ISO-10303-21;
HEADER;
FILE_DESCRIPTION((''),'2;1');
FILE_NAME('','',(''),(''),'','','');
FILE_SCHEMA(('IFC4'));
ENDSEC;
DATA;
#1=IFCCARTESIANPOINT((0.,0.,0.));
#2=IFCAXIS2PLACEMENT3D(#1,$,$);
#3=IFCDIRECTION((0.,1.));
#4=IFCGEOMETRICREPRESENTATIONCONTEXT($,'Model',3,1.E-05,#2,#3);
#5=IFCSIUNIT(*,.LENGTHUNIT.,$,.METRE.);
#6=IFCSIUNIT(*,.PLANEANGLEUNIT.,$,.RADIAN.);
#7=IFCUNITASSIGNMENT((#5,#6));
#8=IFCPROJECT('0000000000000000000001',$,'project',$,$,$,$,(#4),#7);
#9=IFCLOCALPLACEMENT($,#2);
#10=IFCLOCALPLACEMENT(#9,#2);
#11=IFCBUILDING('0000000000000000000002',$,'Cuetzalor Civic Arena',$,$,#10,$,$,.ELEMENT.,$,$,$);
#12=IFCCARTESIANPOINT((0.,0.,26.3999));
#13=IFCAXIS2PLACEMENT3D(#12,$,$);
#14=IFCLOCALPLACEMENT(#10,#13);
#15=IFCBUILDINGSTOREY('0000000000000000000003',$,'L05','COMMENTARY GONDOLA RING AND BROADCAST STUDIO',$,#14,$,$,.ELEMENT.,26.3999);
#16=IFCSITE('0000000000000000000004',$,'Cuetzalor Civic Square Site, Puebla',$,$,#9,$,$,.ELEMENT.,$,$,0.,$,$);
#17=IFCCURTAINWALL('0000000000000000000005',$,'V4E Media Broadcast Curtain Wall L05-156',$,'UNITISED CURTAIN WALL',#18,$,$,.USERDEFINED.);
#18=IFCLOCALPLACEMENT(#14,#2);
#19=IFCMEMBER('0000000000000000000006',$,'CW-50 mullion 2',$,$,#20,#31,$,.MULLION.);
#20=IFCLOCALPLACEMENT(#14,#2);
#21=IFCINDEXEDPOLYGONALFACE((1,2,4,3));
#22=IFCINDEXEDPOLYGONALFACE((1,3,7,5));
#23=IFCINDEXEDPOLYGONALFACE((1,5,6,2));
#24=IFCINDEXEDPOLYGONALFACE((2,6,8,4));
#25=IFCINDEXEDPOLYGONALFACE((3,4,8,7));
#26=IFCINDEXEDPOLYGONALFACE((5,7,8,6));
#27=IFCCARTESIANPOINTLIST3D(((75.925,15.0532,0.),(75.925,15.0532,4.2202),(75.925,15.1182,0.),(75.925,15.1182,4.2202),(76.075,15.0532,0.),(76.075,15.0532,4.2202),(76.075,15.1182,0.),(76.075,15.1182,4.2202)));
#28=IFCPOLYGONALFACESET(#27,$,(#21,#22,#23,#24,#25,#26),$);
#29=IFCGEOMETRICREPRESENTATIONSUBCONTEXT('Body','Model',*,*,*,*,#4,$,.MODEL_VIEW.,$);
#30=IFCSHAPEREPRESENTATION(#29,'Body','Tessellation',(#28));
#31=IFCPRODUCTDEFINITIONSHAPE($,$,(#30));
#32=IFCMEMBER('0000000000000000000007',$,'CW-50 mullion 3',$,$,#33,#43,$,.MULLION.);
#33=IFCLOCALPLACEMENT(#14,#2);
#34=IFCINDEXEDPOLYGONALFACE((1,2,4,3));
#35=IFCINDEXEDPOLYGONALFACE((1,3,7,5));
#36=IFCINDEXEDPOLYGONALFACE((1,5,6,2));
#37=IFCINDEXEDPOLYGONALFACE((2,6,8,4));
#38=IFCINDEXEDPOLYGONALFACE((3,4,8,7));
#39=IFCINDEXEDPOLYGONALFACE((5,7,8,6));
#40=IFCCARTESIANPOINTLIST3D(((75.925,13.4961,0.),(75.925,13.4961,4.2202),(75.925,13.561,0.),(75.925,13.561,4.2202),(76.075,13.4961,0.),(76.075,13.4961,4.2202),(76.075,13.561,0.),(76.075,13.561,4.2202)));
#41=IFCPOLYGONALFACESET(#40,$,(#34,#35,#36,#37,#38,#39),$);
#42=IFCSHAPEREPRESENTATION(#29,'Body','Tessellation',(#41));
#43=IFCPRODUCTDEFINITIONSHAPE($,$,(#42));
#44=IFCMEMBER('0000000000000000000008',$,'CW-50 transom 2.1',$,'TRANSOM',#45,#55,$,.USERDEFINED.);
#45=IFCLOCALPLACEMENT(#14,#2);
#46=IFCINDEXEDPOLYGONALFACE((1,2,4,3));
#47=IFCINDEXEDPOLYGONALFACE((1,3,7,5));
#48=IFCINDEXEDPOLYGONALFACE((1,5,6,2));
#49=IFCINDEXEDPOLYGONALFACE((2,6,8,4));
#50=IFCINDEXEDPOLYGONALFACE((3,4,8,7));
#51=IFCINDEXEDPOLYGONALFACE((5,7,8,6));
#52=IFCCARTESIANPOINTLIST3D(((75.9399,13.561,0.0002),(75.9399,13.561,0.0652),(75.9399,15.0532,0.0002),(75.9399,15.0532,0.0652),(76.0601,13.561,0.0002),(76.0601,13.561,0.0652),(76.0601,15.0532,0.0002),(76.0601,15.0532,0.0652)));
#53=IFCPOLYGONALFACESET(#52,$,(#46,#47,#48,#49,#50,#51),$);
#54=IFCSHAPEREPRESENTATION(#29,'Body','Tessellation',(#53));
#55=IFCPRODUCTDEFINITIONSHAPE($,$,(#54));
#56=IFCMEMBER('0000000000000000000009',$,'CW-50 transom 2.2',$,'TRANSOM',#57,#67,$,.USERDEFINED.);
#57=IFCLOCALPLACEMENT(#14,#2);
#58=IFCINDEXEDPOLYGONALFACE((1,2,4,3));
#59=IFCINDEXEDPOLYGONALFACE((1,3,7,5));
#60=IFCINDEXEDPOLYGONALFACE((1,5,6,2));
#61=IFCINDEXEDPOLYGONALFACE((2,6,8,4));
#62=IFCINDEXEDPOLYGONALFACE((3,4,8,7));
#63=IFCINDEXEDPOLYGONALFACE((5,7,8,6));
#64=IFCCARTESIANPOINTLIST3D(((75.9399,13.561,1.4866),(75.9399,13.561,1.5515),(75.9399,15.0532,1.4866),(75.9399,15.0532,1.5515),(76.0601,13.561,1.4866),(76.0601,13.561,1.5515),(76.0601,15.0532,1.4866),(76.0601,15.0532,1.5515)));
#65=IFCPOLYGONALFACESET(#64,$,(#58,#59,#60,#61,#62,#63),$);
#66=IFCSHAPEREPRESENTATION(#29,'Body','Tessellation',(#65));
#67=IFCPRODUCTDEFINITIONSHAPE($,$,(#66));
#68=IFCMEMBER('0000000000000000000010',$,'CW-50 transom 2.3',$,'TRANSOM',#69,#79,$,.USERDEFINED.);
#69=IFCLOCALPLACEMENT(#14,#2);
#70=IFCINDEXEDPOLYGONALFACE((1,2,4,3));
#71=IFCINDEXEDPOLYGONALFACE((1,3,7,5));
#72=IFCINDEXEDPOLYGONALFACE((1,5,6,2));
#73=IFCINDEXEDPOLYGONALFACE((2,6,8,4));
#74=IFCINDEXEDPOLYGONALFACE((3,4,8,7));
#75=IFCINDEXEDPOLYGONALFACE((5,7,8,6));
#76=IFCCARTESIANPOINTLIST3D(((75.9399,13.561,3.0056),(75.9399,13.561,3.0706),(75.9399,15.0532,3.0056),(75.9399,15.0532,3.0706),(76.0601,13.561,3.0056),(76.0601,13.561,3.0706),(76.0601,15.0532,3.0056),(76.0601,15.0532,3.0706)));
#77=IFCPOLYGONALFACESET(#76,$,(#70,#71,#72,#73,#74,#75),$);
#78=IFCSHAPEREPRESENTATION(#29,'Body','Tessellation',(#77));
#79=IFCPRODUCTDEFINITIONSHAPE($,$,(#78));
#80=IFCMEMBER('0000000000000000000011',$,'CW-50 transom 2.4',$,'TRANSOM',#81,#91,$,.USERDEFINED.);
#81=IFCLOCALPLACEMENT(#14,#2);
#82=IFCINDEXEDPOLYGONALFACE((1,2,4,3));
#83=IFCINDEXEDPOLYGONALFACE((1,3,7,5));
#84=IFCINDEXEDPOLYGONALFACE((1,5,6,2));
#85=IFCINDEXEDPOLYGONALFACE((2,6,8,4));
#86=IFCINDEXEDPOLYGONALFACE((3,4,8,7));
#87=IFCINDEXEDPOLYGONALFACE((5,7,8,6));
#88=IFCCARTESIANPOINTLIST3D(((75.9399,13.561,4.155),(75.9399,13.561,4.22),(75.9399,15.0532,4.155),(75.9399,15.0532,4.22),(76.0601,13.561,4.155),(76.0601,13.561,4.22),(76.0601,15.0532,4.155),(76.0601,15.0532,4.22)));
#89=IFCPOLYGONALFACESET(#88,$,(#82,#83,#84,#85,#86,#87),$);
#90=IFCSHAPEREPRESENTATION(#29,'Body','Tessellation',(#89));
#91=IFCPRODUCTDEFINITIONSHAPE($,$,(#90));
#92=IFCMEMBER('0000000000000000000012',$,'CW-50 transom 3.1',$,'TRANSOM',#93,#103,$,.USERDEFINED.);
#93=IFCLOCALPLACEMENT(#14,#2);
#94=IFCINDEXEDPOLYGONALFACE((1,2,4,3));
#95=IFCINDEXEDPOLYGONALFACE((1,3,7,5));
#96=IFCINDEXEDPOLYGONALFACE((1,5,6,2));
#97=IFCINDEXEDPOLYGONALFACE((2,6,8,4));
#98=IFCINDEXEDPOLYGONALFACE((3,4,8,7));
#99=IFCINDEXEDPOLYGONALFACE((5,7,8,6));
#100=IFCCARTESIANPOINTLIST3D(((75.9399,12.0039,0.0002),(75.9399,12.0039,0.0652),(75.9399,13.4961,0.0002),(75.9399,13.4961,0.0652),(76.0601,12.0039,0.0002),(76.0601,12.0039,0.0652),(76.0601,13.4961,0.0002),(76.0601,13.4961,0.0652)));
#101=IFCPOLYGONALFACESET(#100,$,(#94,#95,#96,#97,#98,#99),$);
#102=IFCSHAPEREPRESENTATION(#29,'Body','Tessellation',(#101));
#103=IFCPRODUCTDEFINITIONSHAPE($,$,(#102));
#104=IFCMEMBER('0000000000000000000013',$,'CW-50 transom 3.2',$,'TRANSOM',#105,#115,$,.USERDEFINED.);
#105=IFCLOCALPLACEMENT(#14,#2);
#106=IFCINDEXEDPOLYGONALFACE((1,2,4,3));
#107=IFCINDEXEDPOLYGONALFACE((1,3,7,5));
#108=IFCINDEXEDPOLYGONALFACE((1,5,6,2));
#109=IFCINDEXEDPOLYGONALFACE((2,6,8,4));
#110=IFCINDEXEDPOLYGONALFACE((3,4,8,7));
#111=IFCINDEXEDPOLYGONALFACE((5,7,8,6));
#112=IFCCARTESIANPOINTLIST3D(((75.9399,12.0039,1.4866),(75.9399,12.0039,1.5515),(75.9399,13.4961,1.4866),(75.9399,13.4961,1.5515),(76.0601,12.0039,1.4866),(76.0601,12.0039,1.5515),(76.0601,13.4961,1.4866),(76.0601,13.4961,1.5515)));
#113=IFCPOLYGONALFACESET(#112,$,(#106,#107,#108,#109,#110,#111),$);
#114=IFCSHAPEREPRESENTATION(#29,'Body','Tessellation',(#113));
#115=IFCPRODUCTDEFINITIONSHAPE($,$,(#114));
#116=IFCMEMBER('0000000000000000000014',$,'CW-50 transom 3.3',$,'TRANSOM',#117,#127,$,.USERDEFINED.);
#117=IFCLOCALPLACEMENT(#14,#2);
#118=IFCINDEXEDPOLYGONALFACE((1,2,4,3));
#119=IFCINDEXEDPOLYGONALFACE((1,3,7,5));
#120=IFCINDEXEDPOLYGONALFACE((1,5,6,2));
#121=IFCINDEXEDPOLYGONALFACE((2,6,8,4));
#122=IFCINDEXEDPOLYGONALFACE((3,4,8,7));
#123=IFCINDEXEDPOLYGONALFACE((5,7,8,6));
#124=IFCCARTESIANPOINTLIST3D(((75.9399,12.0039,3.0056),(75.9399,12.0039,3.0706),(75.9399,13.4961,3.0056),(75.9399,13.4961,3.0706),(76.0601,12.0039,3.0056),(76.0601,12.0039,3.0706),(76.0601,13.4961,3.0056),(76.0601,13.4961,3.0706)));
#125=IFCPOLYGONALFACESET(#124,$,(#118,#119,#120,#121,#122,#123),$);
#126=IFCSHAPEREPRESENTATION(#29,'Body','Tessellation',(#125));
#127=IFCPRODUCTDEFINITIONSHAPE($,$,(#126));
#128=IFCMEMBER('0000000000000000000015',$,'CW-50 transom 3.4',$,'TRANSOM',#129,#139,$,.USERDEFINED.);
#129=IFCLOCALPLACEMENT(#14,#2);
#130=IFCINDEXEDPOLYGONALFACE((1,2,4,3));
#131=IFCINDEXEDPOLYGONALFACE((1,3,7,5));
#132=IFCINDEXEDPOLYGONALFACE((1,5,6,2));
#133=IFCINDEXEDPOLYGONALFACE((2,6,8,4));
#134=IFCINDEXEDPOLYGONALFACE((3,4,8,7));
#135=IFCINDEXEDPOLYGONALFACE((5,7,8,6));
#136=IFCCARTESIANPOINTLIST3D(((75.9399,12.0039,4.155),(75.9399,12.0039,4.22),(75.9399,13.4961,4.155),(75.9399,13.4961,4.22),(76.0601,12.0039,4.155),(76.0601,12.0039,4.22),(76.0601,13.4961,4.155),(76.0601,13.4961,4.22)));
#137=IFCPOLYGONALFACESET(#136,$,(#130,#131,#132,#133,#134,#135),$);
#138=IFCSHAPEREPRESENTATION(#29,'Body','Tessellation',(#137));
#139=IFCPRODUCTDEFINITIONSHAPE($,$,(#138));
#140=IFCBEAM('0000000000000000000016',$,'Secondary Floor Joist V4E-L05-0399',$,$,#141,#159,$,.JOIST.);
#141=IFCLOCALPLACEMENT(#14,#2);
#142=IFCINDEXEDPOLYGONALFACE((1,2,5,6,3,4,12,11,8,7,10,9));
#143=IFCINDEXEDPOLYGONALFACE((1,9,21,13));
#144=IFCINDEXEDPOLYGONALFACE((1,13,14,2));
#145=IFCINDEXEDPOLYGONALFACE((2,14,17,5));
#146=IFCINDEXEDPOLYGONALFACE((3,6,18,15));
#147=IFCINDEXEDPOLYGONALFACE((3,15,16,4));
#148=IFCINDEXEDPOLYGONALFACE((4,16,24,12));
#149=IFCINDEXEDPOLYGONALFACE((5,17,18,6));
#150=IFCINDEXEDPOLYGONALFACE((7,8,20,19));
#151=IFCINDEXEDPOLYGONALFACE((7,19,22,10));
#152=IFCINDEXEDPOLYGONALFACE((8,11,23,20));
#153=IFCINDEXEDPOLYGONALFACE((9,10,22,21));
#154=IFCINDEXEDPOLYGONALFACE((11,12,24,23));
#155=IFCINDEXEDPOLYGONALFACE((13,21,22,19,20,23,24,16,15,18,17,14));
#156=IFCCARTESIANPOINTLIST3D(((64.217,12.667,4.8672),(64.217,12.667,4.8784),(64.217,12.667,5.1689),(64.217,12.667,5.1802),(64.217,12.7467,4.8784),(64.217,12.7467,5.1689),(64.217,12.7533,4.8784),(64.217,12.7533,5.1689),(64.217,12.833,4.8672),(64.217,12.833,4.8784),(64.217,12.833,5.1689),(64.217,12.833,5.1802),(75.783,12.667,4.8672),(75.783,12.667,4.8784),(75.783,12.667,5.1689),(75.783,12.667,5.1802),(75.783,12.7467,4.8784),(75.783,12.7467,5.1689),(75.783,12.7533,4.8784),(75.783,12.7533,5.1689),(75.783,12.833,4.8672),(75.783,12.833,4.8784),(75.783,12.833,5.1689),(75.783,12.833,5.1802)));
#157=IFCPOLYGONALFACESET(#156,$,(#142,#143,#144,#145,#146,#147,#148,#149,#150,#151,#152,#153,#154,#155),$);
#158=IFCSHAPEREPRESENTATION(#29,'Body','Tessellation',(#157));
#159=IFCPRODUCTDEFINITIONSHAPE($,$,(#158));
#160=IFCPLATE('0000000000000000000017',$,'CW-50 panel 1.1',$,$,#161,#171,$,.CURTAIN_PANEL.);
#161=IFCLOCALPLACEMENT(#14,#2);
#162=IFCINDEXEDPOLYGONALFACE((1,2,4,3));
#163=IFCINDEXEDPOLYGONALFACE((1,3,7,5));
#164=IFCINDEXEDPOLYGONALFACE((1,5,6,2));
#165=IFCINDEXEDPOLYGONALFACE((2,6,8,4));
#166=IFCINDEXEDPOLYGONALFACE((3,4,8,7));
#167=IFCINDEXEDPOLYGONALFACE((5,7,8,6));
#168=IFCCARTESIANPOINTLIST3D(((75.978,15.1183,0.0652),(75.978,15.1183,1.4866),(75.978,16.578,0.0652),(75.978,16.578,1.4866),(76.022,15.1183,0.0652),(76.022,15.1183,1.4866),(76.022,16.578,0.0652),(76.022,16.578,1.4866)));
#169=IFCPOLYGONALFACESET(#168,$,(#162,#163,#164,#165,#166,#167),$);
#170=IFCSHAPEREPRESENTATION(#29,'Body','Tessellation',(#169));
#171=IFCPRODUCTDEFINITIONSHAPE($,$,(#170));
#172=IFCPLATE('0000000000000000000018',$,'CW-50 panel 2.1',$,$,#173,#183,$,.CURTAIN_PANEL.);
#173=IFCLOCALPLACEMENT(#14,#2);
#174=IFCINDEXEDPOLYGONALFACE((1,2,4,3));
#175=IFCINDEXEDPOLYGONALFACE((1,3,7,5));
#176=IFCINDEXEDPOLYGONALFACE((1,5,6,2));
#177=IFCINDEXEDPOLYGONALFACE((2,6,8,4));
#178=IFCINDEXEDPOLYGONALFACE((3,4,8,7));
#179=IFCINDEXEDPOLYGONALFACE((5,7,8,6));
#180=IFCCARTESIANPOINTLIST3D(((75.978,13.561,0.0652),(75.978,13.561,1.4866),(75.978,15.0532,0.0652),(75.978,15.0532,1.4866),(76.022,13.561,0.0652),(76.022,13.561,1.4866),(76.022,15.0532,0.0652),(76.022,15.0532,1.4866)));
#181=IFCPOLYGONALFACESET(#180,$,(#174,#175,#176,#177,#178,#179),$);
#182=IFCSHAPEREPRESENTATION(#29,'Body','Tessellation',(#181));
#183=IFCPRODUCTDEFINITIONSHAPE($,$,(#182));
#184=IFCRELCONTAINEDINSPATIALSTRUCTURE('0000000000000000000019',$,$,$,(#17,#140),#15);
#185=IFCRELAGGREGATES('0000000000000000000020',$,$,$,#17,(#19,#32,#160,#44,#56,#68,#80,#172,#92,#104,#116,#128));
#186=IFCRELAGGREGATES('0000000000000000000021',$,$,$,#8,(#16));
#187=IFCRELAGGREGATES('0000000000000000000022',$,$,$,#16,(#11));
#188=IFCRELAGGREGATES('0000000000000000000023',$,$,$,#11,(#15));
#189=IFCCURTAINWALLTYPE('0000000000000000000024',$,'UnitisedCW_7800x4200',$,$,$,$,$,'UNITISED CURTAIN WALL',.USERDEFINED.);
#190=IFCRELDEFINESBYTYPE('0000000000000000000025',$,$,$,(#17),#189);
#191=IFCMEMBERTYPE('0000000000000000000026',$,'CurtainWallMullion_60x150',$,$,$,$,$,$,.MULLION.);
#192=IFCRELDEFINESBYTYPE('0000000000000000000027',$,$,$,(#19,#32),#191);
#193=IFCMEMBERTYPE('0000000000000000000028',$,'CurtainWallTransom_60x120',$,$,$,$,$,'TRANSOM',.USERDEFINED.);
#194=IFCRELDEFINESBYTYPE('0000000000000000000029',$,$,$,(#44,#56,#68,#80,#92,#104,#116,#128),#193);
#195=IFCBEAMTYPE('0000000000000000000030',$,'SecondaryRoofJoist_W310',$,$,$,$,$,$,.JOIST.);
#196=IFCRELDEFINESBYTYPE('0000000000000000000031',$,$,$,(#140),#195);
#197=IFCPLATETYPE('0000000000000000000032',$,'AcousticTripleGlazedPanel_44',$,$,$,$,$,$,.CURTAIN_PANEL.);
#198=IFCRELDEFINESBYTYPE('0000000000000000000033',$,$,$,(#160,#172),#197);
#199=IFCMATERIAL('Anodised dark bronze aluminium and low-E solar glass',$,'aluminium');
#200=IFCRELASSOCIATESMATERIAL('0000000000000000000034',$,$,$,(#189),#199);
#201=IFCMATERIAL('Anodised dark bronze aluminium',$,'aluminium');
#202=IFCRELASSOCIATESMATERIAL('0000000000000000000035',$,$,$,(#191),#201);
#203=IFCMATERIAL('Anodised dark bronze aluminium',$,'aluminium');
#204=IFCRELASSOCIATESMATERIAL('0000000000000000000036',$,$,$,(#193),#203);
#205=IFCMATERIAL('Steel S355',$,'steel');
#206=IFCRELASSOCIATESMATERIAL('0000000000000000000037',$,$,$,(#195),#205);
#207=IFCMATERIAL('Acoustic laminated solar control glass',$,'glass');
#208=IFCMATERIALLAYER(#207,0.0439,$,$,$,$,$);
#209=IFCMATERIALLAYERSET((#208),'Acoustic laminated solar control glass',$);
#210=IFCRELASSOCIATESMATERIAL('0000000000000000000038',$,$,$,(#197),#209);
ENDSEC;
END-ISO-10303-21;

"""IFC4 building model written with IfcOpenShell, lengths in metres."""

from ifc_helpers import new_model, si_unit, direction, frame, origin, origin_2d, place, context, subcontext, project, spatial, rectangle, i_section, extrude, material, layer, layer_set, material_profile, profile_set, type_object, element, aggregate, save


model = new_model("IFC4")

# Units and contexts
model_context = context("Model", 3, precision=1e-05, world=origin(), true_north=direction((0.0, 1.0)))
body_context = subcontext(model_context, "Body", "Model", "MODEL_VIEW")
ifc_project = project(units=[si_unit("LENGTHUNIT", "METRE"), si_unit("PLANEANGLEUNIT", "RADIAN")], contexts=[model_context])

# Site, building, storey
site_placement = place(None, origin())
site = spatial("IfcSite", under=ifc_project, at=site_placement, Name="Cuetzalor Civic Square Site, Puebla", CompositionType="ELEMENT", RefElevation=0.0)
building_placement = place(site_placement, origin())
building = spatial("IfcBuilding", under=site, at=building_placement, Name="Cuetzalor Civic Arena", CompositionType="ELEMENT")
storey_placement = place(building_placement, frame((0.0, 0.0, 26.3999)))
storey = spatial("IfcBuildingStorey", under=building, at=storey_placement, Name="L05", Description="COMMENTARY GONDOLA RING AND BROADCAST STUDIO", CompositionType="ELEMENT", Elevation=26.3999)

# Curtain wall, members
ifc_material_1 = material(Name="Anodised dark bronze aluminium and low-E solar glass", Category="aluminium")
curtain_wall_type = type_object("IfcCurtainWallType", Name="UnitisedCW_7800x4200", ElementType="UNITISED CURTAIN WALL", PredefinedType="USERDEFINED", material=ifc_material_1)
curtain_wall_placement = place(storey_placement, origin())
curtain_wall = element("IfcCurtainWall", 1, at=curtain_wall_placement, inside=storey, type_object=curtain_wall_type, Name="V4E Media Broadcast Curtain Wall L05-156", ObjectType="UNITISED CURTAIN WALL", PredefinedType="USERDEFINED")
ifc_material_2 = material(Name="Anodised dark bronze aluminium", Category="aluminium")
ifc_material_profile_1 = material_profile(ifc_material_2, rectangle(XDim=0.0649, YDim=0.1499, at=origin_2d()), Name="ALU MULLION 65x150")
ifc_profile_set_1 = profile_set([ifc_material_profile_1], Name="Anodised dark bronze aluminium")
member_type_1 = type_object("IfcMemberType", Name="CurtainWallMullion_60x150", PredefinedType="MULLION", material=ifc_profile_set_1)
member_1_placement = place(storey_placement, frame((76.0, 15.0857, 0.0), z_axis=(0.0, 0.0, 1.0), x_axis=(0.0, -1.0, 0.0)))
member_1 = element("IfcMember", 2, at=member_1_placement, type_object=member_type_1, Name="CW-50 mullion 2", PredefinedType="MULLION", context=body_context, shape_type="SweptSolid", body=[
    extrude(rectangle(XDim=0.0649, YDim=0.1499, at=origin_2d()), origin(), (0.0, 0.0, 1.0), 4.2202),
])
member_2_placement = place(storey_placement, frame((76.0, 13.5286, 0.0), z_axis=(0.0, 0.0, 1.0), x_axis=(0.0, -1.0, 0.0)))
member_2 = element("IfcMember", 3, at=member_2_placement, type_object=member_type_1, Name="CW-50 mullion 3", PredefinedType="MULLION", context=body_context, shape_type="SweptSolid", body=[
    extrude(rectangle(XDim=0.0649, YDim=0.1499, at=origin_2d()), origin(), (0.0, 0.0, 1.0), 4.2202),
])
ifc_material_3 = material(Name="Anodised dark bronze aluminium", Category="aluminium")
ifc_material_profile_2 = material_profile(ifc_material_3, rectangle(XDim=0.1201, YDim=0.0649, at=origin_2d()), Name="ALU TRANSOM 65x120")
ifc_profile_set_2 = profile_set([ifc_material_profile_2], Name="Anodised dark bronze aluminium")
member_type_2 = type_object("IfcMemberType", Name="CurtainWallTransom_60x120", ElementType="TRANSOM", PredefinedType="USERDEFINED", material=ifc_profile_set_2)
member_3_placement = place(storey_placement, frame((76.0, 15.0532, 0.0327), z_axis=(0.0, -1.0, 0.0), x_axis=(1.0, 0.0, 0.0)))
member_3 = element("IfcMember", 4, at=member_3_placement, type_object=member_type_2, Name="CW-50 transom 2.1", ObjectType="TRANSOM", PredefinedType="USERDEFINED", context=body_context, shape_type="SweptSolid", body=[
    extrude(rectangle(XDim=0.1201, YDim=0.0649, at=origin_2d()), origin(), (0.0, 0.0, 1.0), 1.4922),
])
member_4_placement = place(storey_placement, frame((76.0, 15.0532, 1.519), z_axis=(0.0, -1.0, 0.0), x_axis=(1.0, 0.0, 0.0)))
member_4 = element("IfcMember", 5, at=member_4_placement, type_object=member_type_2, Name="CW-50 transom 2.2", ObjectType="TRANSOM", PredefinedType="USERDEFINED", context=body_context, shape_type="SweptSolid", body=[
    extrude(rectangle(XDim=0.1201, YDim=0.0649, at=origin_2d()), origin(), (0.0, 0.0, 1.0), 1.4922),
])
member_5_placement = place(storey_placement, frame((76.0, 15.0532, 3.0381), z_axis=(0.0, -1.0, 0.0), x_axis=(1.0, 0.0, 0.0)))
member_5 = element("IfcMember", 6, at=member_5_placement, type_object=member_type_2, Name="CW-50 transom 2.3", ObjectType="TRANSOM", PredefinedType="USERDEFINED", context=body_context, shape_type="SweptSolid", body=[
    extrude(rectangle(XDim=0.1201, YDim=0.0649, at=origin_2d()), origin(), (0.0, 0.0, 1.0), 1.4922),
])
member_6_placement = place(storey_placement, frame((76.0, 15.0532, 4.1875), z_axis=(0.0, -1.0, 0.0), x_axis=(1.0, 0.0, 0.0)))
member_6 = element("IfcMember", 7, at=member_6_placement, type_object=member_type_2, Name="CW-50 transom 2.4", ObjectType="TRANSOM", PredefinedType="USERDEFINED", context=body_context, shape_type="SweptSolid", body=[
    extrude(rectangle(XDim=0.1201, YDim=0.0649, at=origin_2d()), origin(), (0.0, 0.0, 1.0), 1.4922),
])
member_7_placement = place(storey_placement, frame((76.0, 13.4961, 0.0327), z_axis=(0.0, -1.0, 0.0), x_axis=(1.0, 0.0, 0.0)))
member_7 = element("IfcMember", 8, at=member_7_placement, type_object=member_type_2, Name="CW-50 transom 3.1", ObjectType="TRANSOM", PredefinedType="USERDEFINED", context=body_context, shape_type="SweptSolid", body=[
    extrude(rectangle(XDim=0.1201, YDim=0.0649, at=origin_2d()), origin(), (0.0, 0.0, 1.0), 1.4922),
])
member_8_placement = place(storey_placement, frame((76.0, 13.4961, 1.519), z_axis=(0.0, -1.0, 0.0), x_axis=(1.0, 0.0, 0.0)))
member_8 = element("IfcMember", 9, at=member_8_placement, type_object=member_type_2, Name="CW-50 transom 3.2", ObjectType="TRANSOM", PredefinedType="USERDEFINED", context=body_context, shape_type="SweptSolid", body=[
    extrude(rectangle(XDim=0.1201, YDim=0.0649, at=origin_2d()), origin(), (0.0, 0.0, 1.0), 1.4922),
])
member_9_placement = place(storey_placement, frame((76.0, 13.4961, 3.0381), z_axis=(0.0, -1.0, 0.0), x_axis=(1.0, 0.0, 0.0)))
member_9 = element("IfcMember", 10, at=member_9_placement, type_object=member_type_2, Name="CW-50 transom 3.3", ObjectType="TRANSOM", PredefinedType="USERDEFINED", context=body_context, shape_type="SweptSolid", body=[
    extrude(rectangle(XDim=0.1201, YDim=0.0649, at=origin_2d()), origin(), (0.0, 0.0, 1.0), 1.4922),
])
member_10_placement = place(storey_placement, frame((76.0, 13.4961, 4.1875), z_axis=(0.0, -1.0, 0.0), x_axis=(1.0, 0.0, 0.0)))
member_10 = element("IfcMember", 11, at=member_10_placement, type_object=member_type_2, Name="CW-50 transom 3.4", ObjectType="TRANSOM", PredefinedType="USERDEFINED", context=body_context, shape_type="SweptSolid", body=[
    extrude(rectangle(XDim=0.1201, YDim=0.0649, at=origin_2d()), origin(), (0.0, 0.0, 1.0), 1.4922),
])

# Beam
ifc_material_4 = material(Name="Steel S355", Category="steel")
ifc_material_profile_3 = material_profile(ifc_material_4, i_section(OverallWidth=0.166, OverallDepth=0.313, WebThickness=0.0066, FlangeThickness=0.0112, at=origin_2d()), Name="W310x45")
ifc_profile_set_3 = profile_set([ifc_material_profile_3], Name="Steel S355")
beam_type = type_object("IfcBeamType", Name="SecondaryRoofJoist_W310", PredefinedType="JOIST", material=ifc_profile_set_3)
beam_placement = place(storey_placement, frame((64.217, 12.75, 5.0237), z_axis=(1.0, 0.0, 0.0), x_axis=(0.0, 1.0, 0.0)))
element("IfcBeam", 12, at=beam_placement, inside=storey, type_object=beam_type, Name="Secondary Floor Joist V4E-L05-0399", PredefinedType="JOIST", context=body_context, shape_type="SweptSolid", body=[
    extrude(i_section(OverallWidth=0.166, OverallDepth=0.313, WebThickness=0.0066, FlangeThickness=0.0112, at=origin_2d()), origin(), (0.0, 0.0, 1.0), 11.5659),
])

# Plates
ifc_material_5 = material(Name="Acoustic laminated solar control glass", Category="glass")
ifc_layer_1 = layer(ifc_material_5, 0.0439)
ifc_layer_set_1 = layer_set([ifc_layer_1], Name="Acoustic laminated solar control glass")
plate_type = type_object("IfcPlateType", Name="AcousticTripleGlazedPanel_44", PredefinedType="CURTAIN_PANEL", material=ifc_layer_set_1)
plate_1_placement = place(storey_placement, frame((76.0, 15.8481, 0.0652), z_axis=(0.0, 0.0, 1.0), x_axis=(0.0, -1.0, 0.0)))
plate_1 = element("IfcPlate", 13, at=plate_1_placement, type_object=plate_type, Name="CW-50 panel 1.1", PredefinedType="CURTAIN_PANEL", context=body_context, shape_type="SweptSolid", body=[
    extrude(rectangle(XDim=1.4597, YDim=0.0439, at=origin_2d()), origin(), (0.0, 0.0, 1.0), 1.4214),
])
plate_2_placement = place(storey_placement, frame((76.0, 14.3071, 0.0652), z_axis=(0.0, 0.0, 1.0), x_axis=(0.0, -1.0, 0.0)))
plate_2 = element("IfcPlate", 14, at=plate_2_placement, type_object=plate_type, Name="CW-50 panel 2.1", PredefinedType="CURTAIN_PANEL", context=body_context, shape_type="SweptSolid", body=[
    extrude(rectangle(XDim=1.4922, YDim=0.0439, at=origin_2d()), origin(), (0.0, 0.0, 1.0), 1.4214),
])
aggregate(curtain_wall, [member_1, member_2, plate_1, member_3, member_4, member_5, member_6, plate_2, member_7, member_8, member_9, member_10])

save(model, "model.ifc")
